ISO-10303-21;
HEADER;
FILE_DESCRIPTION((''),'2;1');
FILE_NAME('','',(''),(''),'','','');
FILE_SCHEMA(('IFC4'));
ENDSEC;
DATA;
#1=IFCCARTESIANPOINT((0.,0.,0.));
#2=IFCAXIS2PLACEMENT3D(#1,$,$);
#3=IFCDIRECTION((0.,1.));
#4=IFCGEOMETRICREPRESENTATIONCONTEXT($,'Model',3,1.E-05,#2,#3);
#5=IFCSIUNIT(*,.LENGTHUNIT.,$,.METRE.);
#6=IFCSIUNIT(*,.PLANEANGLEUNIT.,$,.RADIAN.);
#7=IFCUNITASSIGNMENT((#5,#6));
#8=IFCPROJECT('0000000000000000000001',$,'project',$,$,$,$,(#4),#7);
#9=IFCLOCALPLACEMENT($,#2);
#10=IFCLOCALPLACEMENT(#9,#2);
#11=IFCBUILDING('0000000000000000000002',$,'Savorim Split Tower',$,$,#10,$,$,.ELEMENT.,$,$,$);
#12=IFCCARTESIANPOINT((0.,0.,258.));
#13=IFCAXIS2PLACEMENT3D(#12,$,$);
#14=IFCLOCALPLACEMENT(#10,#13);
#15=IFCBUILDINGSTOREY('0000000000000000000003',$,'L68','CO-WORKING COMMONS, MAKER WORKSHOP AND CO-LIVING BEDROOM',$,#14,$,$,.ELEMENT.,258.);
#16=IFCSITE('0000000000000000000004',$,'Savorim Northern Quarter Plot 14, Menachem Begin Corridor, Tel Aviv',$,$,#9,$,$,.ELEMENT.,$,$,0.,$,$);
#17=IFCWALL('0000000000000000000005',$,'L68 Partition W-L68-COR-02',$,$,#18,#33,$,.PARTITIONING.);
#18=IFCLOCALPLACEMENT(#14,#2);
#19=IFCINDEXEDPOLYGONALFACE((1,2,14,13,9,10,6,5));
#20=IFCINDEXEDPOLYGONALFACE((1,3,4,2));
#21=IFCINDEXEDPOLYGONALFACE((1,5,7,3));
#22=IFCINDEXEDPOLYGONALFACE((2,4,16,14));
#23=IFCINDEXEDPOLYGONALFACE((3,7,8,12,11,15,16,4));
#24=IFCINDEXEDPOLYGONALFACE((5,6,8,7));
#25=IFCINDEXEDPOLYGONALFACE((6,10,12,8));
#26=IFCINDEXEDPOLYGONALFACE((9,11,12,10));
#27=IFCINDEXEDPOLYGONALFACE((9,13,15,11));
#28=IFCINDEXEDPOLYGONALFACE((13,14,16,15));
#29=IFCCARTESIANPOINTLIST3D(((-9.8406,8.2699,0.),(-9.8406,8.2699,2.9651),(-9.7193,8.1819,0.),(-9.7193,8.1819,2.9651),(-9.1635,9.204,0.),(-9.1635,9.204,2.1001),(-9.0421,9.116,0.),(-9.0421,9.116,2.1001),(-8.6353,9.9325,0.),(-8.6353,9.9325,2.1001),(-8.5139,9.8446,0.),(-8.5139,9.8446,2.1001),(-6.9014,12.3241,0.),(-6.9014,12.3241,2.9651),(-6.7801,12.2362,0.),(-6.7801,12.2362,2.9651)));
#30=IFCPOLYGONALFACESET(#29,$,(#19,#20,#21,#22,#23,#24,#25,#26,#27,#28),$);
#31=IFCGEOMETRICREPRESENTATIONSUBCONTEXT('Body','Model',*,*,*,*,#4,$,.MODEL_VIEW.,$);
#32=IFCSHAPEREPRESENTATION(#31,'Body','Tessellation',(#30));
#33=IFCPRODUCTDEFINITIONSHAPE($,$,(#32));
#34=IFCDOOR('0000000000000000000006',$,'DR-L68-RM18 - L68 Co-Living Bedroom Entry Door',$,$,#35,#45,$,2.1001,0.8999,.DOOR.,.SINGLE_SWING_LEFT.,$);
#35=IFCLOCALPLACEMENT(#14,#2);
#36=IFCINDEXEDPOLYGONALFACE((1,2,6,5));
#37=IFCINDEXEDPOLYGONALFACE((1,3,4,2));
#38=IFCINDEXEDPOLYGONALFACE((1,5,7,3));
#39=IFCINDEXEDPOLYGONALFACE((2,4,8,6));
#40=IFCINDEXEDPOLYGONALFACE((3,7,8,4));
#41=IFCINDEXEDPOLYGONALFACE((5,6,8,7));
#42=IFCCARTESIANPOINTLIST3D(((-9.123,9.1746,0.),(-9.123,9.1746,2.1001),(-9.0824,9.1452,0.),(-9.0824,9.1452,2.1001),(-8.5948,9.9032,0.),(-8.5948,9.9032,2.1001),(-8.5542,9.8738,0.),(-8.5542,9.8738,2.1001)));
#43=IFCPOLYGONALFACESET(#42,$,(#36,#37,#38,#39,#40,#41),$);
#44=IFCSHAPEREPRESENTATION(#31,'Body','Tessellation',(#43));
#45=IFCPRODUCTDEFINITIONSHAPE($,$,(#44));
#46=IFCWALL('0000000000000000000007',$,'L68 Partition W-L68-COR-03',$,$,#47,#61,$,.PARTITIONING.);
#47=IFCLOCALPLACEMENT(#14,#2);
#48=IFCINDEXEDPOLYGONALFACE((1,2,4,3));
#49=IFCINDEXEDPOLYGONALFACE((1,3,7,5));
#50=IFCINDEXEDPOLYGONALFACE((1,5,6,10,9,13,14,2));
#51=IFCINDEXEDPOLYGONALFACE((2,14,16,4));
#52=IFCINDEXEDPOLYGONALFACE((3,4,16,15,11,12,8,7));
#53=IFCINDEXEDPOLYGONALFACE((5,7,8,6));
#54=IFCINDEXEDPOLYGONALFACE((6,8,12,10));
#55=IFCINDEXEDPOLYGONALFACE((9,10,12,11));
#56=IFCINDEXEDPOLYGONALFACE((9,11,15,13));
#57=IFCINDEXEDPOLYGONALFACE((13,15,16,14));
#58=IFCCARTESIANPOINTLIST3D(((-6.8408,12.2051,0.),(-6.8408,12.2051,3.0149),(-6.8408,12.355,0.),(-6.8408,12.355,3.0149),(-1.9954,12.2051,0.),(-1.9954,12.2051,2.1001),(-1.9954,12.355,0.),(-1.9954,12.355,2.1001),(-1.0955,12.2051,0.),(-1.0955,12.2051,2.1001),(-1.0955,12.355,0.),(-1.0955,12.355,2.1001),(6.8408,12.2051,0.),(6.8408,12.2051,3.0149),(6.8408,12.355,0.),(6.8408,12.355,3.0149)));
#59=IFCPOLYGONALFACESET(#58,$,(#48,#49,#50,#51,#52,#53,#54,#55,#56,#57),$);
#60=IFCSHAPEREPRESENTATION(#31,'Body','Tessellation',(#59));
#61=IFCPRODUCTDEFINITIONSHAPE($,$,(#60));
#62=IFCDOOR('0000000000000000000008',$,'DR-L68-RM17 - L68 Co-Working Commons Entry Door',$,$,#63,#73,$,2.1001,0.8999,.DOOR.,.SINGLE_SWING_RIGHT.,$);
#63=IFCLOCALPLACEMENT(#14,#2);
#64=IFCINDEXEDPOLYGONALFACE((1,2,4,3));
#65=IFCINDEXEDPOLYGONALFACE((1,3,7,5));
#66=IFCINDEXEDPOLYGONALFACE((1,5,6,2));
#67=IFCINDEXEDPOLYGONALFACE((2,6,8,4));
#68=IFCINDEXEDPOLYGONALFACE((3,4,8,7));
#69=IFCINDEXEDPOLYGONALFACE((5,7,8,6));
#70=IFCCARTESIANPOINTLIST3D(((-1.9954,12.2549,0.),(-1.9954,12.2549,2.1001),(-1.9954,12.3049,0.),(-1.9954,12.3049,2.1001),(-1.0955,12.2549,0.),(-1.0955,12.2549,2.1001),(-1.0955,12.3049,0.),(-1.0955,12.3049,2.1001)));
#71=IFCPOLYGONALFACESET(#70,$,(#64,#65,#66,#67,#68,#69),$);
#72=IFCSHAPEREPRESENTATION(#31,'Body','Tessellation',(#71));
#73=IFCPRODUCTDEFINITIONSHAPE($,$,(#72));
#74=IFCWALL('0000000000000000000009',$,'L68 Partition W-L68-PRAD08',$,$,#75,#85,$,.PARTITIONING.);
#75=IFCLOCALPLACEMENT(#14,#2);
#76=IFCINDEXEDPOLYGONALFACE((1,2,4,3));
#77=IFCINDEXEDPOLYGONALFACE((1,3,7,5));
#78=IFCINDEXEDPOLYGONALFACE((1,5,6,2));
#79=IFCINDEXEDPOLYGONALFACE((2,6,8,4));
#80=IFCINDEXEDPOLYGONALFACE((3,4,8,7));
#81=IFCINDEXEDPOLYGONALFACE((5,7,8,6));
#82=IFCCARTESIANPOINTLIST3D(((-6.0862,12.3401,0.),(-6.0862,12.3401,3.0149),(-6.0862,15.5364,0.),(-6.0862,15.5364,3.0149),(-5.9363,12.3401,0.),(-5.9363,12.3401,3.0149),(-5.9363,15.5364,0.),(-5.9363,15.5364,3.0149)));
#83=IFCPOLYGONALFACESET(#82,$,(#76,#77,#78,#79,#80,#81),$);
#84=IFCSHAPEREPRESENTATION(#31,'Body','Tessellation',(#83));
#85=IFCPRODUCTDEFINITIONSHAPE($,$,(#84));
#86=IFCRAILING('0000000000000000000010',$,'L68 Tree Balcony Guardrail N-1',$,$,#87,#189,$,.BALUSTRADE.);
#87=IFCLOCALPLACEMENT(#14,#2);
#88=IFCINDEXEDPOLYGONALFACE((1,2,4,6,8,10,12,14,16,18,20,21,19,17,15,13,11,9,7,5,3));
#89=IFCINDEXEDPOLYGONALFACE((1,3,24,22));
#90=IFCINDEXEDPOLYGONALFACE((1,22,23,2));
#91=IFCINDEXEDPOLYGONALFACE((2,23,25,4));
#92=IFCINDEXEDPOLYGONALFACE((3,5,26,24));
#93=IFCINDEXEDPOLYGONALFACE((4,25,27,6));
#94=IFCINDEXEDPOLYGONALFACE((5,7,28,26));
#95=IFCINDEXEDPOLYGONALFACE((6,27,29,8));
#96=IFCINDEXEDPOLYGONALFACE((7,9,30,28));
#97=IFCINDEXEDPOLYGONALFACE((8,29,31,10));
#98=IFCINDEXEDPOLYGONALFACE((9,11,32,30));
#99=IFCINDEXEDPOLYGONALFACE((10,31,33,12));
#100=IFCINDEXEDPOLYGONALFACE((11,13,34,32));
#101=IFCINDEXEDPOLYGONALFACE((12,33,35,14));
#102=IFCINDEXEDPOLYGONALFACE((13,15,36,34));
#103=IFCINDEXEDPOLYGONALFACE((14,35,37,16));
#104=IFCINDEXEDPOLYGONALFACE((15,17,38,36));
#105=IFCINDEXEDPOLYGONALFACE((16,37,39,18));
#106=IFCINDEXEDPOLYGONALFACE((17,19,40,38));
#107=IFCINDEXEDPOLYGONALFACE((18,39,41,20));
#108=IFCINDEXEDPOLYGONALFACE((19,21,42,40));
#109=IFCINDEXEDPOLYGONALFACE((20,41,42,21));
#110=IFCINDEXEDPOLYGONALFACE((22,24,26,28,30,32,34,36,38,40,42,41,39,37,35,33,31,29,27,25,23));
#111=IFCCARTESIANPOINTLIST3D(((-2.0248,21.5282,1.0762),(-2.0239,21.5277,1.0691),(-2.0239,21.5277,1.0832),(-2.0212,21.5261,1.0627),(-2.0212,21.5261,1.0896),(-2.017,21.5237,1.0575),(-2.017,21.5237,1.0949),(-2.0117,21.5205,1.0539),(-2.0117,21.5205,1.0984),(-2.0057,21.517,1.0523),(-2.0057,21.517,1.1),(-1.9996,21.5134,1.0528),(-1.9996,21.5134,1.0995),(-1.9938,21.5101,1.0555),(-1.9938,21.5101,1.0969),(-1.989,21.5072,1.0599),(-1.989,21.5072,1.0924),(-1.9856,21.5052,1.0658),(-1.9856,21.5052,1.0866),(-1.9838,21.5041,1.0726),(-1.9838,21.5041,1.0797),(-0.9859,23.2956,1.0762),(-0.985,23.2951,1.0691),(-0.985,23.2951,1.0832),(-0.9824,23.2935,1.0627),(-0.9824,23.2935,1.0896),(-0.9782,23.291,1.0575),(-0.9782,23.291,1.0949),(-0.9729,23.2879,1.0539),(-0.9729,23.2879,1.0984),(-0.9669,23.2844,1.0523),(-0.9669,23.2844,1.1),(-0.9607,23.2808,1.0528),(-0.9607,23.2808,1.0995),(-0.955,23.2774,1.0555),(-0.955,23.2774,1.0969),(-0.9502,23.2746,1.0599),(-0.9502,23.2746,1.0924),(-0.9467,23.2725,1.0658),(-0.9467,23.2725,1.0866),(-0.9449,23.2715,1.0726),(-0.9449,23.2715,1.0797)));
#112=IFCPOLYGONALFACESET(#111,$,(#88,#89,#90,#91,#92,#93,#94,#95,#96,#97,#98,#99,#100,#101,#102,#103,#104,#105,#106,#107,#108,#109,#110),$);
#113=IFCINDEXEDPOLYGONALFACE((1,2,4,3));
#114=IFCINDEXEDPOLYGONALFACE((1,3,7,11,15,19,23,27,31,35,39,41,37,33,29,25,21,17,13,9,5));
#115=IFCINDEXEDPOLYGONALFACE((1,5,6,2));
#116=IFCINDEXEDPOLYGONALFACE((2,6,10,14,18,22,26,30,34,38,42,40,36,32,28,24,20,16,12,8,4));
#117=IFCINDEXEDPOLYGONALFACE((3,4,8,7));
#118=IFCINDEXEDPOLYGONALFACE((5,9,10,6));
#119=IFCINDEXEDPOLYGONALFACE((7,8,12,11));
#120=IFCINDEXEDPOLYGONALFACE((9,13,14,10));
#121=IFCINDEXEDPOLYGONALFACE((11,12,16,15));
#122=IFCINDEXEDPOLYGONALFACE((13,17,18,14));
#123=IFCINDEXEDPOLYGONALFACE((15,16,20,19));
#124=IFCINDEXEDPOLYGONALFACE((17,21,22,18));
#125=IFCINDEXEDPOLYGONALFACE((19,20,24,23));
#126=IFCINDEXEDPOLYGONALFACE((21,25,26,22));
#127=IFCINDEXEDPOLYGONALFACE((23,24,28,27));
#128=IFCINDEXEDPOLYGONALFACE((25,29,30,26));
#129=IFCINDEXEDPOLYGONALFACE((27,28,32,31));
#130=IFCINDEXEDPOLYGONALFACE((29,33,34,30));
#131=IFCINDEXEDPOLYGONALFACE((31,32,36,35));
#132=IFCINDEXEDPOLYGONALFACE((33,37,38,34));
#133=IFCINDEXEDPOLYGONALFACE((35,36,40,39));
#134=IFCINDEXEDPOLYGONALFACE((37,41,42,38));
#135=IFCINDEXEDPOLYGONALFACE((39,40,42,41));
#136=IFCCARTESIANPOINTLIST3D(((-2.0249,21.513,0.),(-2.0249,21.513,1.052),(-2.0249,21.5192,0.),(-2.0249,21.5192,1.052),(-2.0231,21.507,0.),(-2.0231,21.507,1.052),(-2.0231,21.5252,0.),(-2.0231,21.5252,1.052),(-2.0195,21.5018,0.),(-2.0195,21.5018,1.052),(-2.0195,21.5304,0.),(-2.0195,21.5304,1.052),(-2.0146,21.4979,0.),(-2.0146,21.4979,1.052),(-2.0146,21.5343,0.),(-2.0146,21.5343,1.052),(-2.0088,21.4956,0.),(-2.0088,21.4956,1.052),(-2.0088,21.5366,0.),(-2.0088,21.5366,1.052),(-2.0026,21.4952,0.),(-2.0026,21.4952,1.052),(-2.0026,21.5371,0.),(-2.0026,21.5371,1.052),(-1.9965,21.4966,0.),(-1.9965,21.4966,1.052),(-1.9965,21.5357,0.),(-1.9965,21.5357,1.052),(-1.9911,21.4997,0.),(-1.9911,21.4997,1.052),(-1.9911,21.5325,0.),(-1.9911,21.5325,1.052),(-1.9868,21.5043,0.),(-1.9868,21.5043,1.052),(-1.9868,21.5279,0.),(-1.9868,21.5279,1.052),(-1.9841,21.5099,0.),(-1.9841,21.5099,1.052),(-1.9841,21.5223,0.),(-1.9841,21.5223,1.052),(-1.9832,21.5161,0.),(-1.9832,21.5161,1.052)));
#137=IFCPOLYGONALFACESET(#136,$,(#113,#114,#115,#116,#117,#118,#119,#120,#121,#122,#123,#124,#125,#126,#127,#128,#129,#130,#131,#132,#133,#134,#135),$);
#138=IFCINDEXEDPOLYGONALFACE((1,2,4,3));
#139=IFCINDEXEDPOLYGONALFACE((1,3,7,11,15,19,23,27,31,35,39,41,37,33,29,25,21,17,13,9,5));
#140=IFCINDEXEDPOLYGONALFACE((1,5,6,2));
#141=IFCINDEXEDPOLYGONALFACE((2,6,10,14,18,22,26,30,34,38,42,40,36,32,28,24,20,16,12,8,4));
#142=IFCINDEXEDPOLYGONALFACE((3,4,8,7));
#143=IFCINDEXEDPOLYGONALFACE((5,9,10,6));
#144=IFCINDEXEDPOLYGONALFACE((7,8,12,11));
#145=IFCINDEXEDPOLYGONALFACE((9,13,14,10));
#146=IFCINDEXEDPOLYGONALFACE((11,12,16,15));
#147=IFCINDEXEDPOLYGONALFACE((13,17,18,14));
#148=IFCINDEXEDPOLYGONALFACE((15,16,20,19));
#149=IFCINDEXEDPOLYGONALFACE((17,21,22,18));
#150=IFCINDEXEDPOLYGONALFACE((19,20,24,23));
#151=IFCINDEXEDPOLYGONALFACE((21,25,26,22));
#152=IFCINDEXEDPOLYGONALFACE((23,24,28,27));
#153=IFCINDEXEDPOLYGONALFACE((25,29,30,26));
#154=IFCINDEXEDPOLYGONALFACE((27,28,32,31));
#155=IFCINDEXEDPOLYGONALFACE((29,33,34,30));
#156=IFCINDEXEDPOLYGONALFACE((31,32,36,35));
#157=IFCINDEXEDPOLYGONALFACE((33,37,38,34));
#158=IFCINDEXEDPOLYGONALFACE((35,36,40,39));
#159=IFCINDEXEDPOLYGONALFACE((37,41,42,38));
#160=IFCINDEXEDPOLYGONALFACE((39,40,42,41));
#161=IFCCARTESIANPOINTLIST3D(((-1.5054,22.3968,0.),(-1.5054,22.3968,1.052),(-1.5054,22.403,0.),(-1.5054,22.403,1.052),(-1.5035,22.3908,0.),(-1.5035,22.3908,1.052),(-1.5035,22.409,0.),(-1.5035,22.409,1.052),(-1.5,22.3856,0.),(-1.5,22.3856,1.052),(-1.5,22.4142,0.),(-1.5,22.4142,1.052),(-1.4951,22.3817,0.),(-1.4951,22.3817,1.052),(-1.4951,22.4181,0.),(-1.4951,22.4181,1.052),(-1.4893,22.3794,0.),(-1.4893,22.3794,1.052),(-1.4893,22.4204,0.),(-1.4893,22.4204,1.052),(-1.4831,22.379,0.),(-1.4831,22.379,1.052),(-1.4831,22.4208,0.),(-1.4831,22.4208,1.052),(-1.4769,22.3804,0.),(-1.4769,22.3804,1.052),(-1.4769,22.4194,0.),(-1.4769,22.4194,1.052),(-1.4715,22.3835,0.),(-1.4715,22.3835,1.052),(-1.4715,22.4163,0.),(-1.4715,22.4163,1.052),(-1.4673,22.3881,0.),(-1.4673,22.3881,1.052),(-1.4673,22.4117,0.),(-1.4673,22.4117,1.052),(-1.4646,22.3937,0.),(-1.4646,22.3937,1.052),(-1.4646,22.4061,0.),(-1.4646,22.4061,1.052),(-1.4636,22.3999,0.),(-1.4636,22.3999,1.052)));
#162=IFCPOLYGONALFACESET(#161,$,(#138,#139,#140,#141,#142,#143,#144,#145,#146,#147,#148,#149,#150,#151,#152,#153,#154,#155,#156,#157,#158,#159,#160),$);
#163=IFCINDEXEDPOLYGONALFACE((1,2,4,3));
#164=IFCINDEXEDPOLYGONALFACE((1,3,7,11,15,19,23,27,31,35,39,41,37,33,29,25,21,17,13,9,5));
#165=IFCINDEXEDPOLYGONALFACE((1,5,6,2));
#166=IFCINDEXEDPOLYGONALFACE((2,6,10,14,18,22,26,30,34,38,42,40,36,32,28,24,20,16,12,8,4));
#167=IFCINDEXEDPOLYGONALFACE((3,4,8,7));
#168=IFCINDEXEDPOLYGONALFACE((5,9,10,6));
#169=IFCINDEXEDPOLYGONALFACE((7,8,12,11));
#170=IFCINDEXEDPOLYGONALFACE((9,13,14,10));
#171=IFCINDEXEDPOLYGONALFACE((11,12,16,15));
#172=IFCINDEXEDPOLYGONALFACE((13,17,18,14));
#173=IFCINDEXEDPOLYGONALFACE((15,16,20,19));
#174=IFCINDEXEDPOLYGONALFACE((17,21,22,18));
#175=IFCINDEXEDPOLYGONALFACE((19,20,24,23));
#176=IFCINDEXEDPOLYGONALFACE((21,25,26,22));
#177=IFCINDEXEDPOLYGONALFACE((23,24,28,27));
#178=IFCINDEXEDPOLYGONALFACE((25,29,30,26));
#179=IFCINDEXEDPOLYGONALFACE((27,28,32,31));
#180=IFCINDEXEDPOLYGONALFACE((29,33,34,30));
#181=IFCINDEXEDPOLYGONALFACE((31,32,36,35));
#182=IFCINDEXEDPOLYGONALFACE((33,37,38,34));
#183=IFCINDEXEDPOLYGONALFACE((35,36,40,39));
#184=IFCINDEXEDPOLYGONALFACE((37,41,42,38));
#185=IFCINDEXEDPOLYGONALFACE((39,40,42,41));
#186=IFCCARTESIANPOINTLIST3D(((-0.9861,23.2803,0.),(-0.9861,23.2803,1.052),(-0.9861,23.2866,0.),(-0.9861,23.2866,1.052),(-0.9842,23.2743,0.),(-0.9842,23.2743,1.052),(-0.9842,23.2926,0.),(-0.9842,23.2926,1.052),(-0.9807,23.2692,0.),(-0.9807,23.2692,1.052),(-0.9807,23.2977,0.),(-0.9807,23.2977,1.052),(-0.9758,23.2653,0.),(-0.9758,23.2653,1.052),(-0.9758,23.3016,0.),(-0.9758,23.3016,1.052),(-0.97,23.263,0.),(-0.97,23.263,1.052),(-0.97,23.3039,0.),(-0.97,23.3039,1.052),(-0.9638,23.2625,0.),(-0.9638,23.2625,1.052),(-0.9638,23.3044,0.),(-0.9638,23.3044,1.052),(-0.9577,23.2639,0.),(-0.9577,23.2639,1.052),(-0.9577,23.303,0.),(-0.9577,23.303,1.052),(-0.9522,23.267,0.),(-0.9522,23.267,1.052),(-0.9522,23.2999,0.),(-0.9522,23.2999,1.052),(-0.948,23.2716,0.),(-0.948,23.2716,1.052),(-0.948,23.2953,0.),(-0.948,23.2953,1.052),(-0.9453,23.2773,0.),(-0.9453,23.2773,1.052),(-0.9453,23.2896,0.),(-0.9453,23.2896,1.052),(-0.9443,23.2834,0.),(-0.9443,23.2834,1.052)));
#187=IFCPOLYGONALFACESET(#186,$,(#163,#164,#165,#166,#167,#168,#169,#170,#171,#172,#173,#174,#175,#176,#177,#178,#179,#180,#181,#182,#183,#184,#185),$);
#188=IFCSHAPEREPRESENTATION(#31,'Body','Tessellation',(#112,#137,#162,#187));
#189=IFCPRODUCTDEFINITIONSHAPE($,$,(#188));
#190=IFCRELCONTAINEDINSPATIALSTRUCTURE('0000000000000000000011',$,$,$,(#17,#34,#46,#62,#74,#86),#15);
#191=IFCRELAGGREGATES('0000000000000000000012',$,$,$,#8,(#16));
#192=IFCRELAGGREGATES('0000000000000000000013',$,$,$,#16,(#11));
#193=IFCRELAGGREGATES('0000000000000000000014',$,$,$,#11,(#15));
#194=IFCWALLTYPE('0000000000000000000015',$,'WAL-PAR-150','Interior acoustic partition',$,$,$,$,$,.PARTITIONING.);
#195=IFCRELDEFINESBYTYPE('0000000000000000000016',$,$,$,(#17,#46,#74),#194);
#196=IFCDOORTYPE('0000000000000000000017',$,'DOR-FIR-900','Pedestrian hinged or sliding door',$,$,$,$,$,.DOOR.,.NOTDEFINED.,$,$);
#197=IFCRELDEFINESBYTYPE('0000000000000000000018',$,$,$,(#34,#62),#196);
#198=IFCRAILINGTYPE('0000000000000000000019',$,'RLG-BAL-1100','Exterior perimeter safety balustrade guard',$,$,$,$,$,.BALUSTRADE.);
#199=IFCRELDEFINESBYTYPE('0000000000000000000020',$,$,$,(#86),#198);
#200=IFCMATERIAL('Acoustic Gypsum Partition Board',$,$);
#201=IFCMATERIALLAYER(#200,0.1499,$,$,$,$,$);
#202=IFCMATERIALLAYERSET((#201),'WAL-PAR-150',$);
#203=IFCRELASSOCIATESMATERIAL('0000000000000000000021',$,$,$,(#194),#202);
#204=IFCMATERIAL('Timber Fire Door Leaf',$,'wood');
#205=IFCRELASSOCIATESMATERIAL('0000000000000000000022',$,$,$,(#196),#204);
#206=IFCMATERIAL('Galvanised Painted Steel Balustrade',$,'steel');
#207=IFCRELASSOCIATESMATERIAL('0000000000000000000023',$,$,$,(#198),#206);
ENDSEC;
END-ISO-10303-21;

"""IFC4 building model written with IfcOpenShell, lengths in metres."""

from ifc_helpers import new_model, si_unit, direction, frame, frame_2d, origin, origin_2d, place, context, subcontext, project, spatial, rectangle, circle, extrude, material, layer, layer_set, type_object, element, fill, save


model = new_model("IFC4")

# Units and contexts
model_context = context("Model", 3, precision=1e-05, world=origin(), true_north=direction((0.0, 1.0)))
body_context = subcontext(model_context, "Body", "Model", "MODEL_VIEW")
ifc_project = project(units=[si_unit("LENGTHUNIT", "METRE"), si_unit("PLANEANGLEUNIT", "RADIAN")], contexts=[model_context])

# Site, building, storey
site_placement = place(None, origin())
site = spatial("IfcSite", under=ifc_project, at=site_placement, Name="Savorim Northern Quarter Plot 14, Menachem Begin Corridor, Tel Aviv", CompositionType="ELEMENT", RefElevation=0.0)
building_placement = place(site_placement, origin())
building = spatial("IfcBuilding", under=site, at=building_placement, Name="Savorim Split Tower", CompositionType="ELEMENT")
storey_placement = place(building_placement, frame((0.0, 0.0, 258.0)))
storey = spatial("IfcBuildingStorey", under=building, at=storey_placement, Name="L68", Description="CO-WORKING COMMONS, MAKER WORKSHOP AND CO-LIVING BEDROOM", CompositionType="ELEMENT", Elevation=258.0)

# Shared definitions
ifc_material_1 = material(Name="Acoustic Gypsum Partition Board")
ifc_layer_1 = layer(ifc_material_1, 0.1499)
ifc_layer_set_1 = layer_set([ifc_layer_1], Name="WAL-PAR-150")
wall_type_1 = type_object("IfcWallType", Name="WAL-PAR-150", Description="Interior acoustic partition", PredefinedType="PARTITIONING", material=ifc_layer_set_1)

# Walls, openings, doors
wall_1_placement = place(storey_placement, frame((-9.78, 8.2258, 0.0), z_axis=(0.0, 0.0, 1.0), x_axis=(0.586956, 0.809619, 0.0)))
wall_1 = element("IfcWall", 1, at=wall_1_placement, inside=storey, type_object=wall_type_1, Name="L68 Partition W-L68-COR-02", PredefinedType="PARTITIONING", context=body_context, shape_type="SweptSolid", body=[
    extrude(rectangle(XDim=5.0076, YDim=0.1499, at=frame_2d((2.5039, 0.0))), origin(), (0.0, 0.0, 1.0), 2.9651),
])
opening_1_placement = place(wall_1_placement, frame((1.1538, 0.0, 0.0)))
opening_1 = element("IfcOpeningElement", 2, at=opening_1_placement, cuts=wall_1, PredefinedType="OPENING", context=body_context, shape_type="SweptSolid", body=[
    extrude(rectangle(XDim=0.8999, YDim=2.1001, at=frame_2d((0.45, 1.05))), frame((0.0, 0.085, 0.0), z_axis=(0.0, -1.0, 0.0), x_axis=(1.0, 0.0, 0.0)), (0.0, 0.0, 1.0), 0.1699),
])
ifc_material_2 = material(Name="Timber Fire Door Leaf", Category="wood")
door_type_1 = type_object("IfcDoorType", Name="DOR-FIR-900", Description="Pedestrian hinged or sliding door", OperationType="NOTDEFINED", PredefinedType="DOOR", material=ifc_material_2)
door_1_placement = place(opening_1_placement, origin())
door_1 = element("IfcDoor", 3, at=door_1_placement, inside=storey, type_object=door_type_1, Name="DR-L68-RM18 - L68 Co-Living Bedroom Entry Door", OperationType="SINGLE_SWING_LEFT", OverallHeight=2.1001, OverallWidth=0.8999, PredefinedType="DOOR", context=body_context, shape_type="SweptSolid", body=[
    extrude(rectangle(XDim=0.8999, YDim=2.1001, at=frame_2d((0.45, 1.05))), frame((0.0, 0.0249, 0.0), z_axis=(0.0, -1.0, 0.0), x_axis=(1.0, 0.0, 0.0)), (0.0, 0.0, 1.0), 0.05),
])
fill(opening_1, door_1)
wall_2_placement = place(storey_placement, frame((-6.8408, 12.28, 0.0), z_axis=(0.0, 0.0, 1.0), x_axis=(1.0, 0.0, 0.0)))
wall_2 = element("IfcWall", 4, at=wall_2_placement, inside=storey, type_object=wall_type_1, Name="L68 Partition W-L68-COR-03", PredefinedType="PARTITIONING", context=body_context, shape_type="SweptSolid", body=[
    extrude(rectangle(XDim=13.6816, YDim=0.1499, at=frame_2d((6.8408, 0.0))), origin(), (0.0, 0.0, 1.0), 3.0149),
])
opening_2_placement = place(wall_2_placement, frame((4.8455, 0.0, 0.0)))
opening_2 = element("IfcOpeningElement", 5, at=opening_2_placement, cuts=wall_2, PredefinedType="OPENING", context=body_context, shape_type="SweptSolid", body=[
    extrude(rectangle(XDim=0.8999, YDim=2.1001, at=frame_2d((0.45, 1.05))), frame((0.0, 0.085, 0.0), z_axis=(0.0, -1.0, 0.0), x_axis=(1.0, 0.0, 0.0)), (0.0, 0.0, 1.0), 0.1699),
])
door_2_placement = place(opening_2_placement, origin())
door_2 = element("IfcDoor", 6, at=door_2_placement, inside=storey, type_object=door_type_1, Name="DR-L68-RM17 - L68 Co-Working Commons Entry Door", OperationType="SINGLE_SWING_RIGHT", OverallHeight=2.1001, OverallWidth=0.8999, PredefinedType="DOOR", context=body_context, shape_type="SweptSolid", body=[
    extrude(rectangle(XDim=0.8999, YDim=2.1001, at=frame_2d((0.45, 1.05))), frame((0.0, 0.0249, 0.0), z_axis=(0.0, -1.0, 0.0), x_axis=(1.0, 0.0, 0.0)), (0.0, 0.0, 1.0), 0.05),
])
fill(opening_2, door_2)

# Wall
wall_3_placement = place(storey_placement, frame((-6.0112, 12.3401, 0.0), z_axis=(0.0, 0.0, 1.0), x_axis=(0.0, 1.0, 0.0)))
element("IfcWall", 7, at=wall_3_placement, inside=storey, type_object=wall_type_1, Name="L68 Partition W-L68-PRAD08", PredefinedType="PARTITIONING", context=body_context, shape_type="SweptSolid", body=[
    extrude(rectangle(XDim=3.1963, YDim=0.1499, at=frame_2d((1.5981, 0.0))), origin(), (0.0, 0.0, 1.0), 3.0149),
])

# Railing
ifc_material_3 = material(Name="Galvanised Painted Steel Balustrade", Category="steel")
railing_type = type_object("IfcRailingType", Name="RLG-BAL-1100", Description="Exterior perimeter safety balustrade guard", PredefinedType="BALUSTRADE", material=ifc_material_3)
railing_1_placement = place(storey_placement, frame((-2.0042, 21.5161, 0.0)))
element("IfcRailing", 8, at=railing_1_placement, inside=storey, type_object=railing_type, Name="L68 Tree Balcony Guardrail N-1", PredefinedType="BALUSTRADE", context=body_context, shape_type="SweptSolid", body=[
    extrude(circle(Radius=0.0239, at=origin_2d()), frame((0.0, 0.0, 1.0762), z_axis=(0.506734, 0.862103, 0.0), x_axis=(-0.862103, 0.506734, 0.0)), (0.0, 0.0, 1.0), 2.05),
    extrude(circle(Radius=0.021, at=origin_2d()), origin(), (0.0, 0.0, 1.0), 1.052),
    extrude(circle(Radius=0.021, at=origin_2d()), frame((0.5195, 0.8838, 0.0)), (0.0, 0.0, 1.0), 1.052),
    extrude(circle(Radius=0.021, at=origin_2d()), frame((1.0388, 1.7673, 0.0)), (0.0, 0.0, 1.0), 1.052),
])

save(model, "model.ifc")
